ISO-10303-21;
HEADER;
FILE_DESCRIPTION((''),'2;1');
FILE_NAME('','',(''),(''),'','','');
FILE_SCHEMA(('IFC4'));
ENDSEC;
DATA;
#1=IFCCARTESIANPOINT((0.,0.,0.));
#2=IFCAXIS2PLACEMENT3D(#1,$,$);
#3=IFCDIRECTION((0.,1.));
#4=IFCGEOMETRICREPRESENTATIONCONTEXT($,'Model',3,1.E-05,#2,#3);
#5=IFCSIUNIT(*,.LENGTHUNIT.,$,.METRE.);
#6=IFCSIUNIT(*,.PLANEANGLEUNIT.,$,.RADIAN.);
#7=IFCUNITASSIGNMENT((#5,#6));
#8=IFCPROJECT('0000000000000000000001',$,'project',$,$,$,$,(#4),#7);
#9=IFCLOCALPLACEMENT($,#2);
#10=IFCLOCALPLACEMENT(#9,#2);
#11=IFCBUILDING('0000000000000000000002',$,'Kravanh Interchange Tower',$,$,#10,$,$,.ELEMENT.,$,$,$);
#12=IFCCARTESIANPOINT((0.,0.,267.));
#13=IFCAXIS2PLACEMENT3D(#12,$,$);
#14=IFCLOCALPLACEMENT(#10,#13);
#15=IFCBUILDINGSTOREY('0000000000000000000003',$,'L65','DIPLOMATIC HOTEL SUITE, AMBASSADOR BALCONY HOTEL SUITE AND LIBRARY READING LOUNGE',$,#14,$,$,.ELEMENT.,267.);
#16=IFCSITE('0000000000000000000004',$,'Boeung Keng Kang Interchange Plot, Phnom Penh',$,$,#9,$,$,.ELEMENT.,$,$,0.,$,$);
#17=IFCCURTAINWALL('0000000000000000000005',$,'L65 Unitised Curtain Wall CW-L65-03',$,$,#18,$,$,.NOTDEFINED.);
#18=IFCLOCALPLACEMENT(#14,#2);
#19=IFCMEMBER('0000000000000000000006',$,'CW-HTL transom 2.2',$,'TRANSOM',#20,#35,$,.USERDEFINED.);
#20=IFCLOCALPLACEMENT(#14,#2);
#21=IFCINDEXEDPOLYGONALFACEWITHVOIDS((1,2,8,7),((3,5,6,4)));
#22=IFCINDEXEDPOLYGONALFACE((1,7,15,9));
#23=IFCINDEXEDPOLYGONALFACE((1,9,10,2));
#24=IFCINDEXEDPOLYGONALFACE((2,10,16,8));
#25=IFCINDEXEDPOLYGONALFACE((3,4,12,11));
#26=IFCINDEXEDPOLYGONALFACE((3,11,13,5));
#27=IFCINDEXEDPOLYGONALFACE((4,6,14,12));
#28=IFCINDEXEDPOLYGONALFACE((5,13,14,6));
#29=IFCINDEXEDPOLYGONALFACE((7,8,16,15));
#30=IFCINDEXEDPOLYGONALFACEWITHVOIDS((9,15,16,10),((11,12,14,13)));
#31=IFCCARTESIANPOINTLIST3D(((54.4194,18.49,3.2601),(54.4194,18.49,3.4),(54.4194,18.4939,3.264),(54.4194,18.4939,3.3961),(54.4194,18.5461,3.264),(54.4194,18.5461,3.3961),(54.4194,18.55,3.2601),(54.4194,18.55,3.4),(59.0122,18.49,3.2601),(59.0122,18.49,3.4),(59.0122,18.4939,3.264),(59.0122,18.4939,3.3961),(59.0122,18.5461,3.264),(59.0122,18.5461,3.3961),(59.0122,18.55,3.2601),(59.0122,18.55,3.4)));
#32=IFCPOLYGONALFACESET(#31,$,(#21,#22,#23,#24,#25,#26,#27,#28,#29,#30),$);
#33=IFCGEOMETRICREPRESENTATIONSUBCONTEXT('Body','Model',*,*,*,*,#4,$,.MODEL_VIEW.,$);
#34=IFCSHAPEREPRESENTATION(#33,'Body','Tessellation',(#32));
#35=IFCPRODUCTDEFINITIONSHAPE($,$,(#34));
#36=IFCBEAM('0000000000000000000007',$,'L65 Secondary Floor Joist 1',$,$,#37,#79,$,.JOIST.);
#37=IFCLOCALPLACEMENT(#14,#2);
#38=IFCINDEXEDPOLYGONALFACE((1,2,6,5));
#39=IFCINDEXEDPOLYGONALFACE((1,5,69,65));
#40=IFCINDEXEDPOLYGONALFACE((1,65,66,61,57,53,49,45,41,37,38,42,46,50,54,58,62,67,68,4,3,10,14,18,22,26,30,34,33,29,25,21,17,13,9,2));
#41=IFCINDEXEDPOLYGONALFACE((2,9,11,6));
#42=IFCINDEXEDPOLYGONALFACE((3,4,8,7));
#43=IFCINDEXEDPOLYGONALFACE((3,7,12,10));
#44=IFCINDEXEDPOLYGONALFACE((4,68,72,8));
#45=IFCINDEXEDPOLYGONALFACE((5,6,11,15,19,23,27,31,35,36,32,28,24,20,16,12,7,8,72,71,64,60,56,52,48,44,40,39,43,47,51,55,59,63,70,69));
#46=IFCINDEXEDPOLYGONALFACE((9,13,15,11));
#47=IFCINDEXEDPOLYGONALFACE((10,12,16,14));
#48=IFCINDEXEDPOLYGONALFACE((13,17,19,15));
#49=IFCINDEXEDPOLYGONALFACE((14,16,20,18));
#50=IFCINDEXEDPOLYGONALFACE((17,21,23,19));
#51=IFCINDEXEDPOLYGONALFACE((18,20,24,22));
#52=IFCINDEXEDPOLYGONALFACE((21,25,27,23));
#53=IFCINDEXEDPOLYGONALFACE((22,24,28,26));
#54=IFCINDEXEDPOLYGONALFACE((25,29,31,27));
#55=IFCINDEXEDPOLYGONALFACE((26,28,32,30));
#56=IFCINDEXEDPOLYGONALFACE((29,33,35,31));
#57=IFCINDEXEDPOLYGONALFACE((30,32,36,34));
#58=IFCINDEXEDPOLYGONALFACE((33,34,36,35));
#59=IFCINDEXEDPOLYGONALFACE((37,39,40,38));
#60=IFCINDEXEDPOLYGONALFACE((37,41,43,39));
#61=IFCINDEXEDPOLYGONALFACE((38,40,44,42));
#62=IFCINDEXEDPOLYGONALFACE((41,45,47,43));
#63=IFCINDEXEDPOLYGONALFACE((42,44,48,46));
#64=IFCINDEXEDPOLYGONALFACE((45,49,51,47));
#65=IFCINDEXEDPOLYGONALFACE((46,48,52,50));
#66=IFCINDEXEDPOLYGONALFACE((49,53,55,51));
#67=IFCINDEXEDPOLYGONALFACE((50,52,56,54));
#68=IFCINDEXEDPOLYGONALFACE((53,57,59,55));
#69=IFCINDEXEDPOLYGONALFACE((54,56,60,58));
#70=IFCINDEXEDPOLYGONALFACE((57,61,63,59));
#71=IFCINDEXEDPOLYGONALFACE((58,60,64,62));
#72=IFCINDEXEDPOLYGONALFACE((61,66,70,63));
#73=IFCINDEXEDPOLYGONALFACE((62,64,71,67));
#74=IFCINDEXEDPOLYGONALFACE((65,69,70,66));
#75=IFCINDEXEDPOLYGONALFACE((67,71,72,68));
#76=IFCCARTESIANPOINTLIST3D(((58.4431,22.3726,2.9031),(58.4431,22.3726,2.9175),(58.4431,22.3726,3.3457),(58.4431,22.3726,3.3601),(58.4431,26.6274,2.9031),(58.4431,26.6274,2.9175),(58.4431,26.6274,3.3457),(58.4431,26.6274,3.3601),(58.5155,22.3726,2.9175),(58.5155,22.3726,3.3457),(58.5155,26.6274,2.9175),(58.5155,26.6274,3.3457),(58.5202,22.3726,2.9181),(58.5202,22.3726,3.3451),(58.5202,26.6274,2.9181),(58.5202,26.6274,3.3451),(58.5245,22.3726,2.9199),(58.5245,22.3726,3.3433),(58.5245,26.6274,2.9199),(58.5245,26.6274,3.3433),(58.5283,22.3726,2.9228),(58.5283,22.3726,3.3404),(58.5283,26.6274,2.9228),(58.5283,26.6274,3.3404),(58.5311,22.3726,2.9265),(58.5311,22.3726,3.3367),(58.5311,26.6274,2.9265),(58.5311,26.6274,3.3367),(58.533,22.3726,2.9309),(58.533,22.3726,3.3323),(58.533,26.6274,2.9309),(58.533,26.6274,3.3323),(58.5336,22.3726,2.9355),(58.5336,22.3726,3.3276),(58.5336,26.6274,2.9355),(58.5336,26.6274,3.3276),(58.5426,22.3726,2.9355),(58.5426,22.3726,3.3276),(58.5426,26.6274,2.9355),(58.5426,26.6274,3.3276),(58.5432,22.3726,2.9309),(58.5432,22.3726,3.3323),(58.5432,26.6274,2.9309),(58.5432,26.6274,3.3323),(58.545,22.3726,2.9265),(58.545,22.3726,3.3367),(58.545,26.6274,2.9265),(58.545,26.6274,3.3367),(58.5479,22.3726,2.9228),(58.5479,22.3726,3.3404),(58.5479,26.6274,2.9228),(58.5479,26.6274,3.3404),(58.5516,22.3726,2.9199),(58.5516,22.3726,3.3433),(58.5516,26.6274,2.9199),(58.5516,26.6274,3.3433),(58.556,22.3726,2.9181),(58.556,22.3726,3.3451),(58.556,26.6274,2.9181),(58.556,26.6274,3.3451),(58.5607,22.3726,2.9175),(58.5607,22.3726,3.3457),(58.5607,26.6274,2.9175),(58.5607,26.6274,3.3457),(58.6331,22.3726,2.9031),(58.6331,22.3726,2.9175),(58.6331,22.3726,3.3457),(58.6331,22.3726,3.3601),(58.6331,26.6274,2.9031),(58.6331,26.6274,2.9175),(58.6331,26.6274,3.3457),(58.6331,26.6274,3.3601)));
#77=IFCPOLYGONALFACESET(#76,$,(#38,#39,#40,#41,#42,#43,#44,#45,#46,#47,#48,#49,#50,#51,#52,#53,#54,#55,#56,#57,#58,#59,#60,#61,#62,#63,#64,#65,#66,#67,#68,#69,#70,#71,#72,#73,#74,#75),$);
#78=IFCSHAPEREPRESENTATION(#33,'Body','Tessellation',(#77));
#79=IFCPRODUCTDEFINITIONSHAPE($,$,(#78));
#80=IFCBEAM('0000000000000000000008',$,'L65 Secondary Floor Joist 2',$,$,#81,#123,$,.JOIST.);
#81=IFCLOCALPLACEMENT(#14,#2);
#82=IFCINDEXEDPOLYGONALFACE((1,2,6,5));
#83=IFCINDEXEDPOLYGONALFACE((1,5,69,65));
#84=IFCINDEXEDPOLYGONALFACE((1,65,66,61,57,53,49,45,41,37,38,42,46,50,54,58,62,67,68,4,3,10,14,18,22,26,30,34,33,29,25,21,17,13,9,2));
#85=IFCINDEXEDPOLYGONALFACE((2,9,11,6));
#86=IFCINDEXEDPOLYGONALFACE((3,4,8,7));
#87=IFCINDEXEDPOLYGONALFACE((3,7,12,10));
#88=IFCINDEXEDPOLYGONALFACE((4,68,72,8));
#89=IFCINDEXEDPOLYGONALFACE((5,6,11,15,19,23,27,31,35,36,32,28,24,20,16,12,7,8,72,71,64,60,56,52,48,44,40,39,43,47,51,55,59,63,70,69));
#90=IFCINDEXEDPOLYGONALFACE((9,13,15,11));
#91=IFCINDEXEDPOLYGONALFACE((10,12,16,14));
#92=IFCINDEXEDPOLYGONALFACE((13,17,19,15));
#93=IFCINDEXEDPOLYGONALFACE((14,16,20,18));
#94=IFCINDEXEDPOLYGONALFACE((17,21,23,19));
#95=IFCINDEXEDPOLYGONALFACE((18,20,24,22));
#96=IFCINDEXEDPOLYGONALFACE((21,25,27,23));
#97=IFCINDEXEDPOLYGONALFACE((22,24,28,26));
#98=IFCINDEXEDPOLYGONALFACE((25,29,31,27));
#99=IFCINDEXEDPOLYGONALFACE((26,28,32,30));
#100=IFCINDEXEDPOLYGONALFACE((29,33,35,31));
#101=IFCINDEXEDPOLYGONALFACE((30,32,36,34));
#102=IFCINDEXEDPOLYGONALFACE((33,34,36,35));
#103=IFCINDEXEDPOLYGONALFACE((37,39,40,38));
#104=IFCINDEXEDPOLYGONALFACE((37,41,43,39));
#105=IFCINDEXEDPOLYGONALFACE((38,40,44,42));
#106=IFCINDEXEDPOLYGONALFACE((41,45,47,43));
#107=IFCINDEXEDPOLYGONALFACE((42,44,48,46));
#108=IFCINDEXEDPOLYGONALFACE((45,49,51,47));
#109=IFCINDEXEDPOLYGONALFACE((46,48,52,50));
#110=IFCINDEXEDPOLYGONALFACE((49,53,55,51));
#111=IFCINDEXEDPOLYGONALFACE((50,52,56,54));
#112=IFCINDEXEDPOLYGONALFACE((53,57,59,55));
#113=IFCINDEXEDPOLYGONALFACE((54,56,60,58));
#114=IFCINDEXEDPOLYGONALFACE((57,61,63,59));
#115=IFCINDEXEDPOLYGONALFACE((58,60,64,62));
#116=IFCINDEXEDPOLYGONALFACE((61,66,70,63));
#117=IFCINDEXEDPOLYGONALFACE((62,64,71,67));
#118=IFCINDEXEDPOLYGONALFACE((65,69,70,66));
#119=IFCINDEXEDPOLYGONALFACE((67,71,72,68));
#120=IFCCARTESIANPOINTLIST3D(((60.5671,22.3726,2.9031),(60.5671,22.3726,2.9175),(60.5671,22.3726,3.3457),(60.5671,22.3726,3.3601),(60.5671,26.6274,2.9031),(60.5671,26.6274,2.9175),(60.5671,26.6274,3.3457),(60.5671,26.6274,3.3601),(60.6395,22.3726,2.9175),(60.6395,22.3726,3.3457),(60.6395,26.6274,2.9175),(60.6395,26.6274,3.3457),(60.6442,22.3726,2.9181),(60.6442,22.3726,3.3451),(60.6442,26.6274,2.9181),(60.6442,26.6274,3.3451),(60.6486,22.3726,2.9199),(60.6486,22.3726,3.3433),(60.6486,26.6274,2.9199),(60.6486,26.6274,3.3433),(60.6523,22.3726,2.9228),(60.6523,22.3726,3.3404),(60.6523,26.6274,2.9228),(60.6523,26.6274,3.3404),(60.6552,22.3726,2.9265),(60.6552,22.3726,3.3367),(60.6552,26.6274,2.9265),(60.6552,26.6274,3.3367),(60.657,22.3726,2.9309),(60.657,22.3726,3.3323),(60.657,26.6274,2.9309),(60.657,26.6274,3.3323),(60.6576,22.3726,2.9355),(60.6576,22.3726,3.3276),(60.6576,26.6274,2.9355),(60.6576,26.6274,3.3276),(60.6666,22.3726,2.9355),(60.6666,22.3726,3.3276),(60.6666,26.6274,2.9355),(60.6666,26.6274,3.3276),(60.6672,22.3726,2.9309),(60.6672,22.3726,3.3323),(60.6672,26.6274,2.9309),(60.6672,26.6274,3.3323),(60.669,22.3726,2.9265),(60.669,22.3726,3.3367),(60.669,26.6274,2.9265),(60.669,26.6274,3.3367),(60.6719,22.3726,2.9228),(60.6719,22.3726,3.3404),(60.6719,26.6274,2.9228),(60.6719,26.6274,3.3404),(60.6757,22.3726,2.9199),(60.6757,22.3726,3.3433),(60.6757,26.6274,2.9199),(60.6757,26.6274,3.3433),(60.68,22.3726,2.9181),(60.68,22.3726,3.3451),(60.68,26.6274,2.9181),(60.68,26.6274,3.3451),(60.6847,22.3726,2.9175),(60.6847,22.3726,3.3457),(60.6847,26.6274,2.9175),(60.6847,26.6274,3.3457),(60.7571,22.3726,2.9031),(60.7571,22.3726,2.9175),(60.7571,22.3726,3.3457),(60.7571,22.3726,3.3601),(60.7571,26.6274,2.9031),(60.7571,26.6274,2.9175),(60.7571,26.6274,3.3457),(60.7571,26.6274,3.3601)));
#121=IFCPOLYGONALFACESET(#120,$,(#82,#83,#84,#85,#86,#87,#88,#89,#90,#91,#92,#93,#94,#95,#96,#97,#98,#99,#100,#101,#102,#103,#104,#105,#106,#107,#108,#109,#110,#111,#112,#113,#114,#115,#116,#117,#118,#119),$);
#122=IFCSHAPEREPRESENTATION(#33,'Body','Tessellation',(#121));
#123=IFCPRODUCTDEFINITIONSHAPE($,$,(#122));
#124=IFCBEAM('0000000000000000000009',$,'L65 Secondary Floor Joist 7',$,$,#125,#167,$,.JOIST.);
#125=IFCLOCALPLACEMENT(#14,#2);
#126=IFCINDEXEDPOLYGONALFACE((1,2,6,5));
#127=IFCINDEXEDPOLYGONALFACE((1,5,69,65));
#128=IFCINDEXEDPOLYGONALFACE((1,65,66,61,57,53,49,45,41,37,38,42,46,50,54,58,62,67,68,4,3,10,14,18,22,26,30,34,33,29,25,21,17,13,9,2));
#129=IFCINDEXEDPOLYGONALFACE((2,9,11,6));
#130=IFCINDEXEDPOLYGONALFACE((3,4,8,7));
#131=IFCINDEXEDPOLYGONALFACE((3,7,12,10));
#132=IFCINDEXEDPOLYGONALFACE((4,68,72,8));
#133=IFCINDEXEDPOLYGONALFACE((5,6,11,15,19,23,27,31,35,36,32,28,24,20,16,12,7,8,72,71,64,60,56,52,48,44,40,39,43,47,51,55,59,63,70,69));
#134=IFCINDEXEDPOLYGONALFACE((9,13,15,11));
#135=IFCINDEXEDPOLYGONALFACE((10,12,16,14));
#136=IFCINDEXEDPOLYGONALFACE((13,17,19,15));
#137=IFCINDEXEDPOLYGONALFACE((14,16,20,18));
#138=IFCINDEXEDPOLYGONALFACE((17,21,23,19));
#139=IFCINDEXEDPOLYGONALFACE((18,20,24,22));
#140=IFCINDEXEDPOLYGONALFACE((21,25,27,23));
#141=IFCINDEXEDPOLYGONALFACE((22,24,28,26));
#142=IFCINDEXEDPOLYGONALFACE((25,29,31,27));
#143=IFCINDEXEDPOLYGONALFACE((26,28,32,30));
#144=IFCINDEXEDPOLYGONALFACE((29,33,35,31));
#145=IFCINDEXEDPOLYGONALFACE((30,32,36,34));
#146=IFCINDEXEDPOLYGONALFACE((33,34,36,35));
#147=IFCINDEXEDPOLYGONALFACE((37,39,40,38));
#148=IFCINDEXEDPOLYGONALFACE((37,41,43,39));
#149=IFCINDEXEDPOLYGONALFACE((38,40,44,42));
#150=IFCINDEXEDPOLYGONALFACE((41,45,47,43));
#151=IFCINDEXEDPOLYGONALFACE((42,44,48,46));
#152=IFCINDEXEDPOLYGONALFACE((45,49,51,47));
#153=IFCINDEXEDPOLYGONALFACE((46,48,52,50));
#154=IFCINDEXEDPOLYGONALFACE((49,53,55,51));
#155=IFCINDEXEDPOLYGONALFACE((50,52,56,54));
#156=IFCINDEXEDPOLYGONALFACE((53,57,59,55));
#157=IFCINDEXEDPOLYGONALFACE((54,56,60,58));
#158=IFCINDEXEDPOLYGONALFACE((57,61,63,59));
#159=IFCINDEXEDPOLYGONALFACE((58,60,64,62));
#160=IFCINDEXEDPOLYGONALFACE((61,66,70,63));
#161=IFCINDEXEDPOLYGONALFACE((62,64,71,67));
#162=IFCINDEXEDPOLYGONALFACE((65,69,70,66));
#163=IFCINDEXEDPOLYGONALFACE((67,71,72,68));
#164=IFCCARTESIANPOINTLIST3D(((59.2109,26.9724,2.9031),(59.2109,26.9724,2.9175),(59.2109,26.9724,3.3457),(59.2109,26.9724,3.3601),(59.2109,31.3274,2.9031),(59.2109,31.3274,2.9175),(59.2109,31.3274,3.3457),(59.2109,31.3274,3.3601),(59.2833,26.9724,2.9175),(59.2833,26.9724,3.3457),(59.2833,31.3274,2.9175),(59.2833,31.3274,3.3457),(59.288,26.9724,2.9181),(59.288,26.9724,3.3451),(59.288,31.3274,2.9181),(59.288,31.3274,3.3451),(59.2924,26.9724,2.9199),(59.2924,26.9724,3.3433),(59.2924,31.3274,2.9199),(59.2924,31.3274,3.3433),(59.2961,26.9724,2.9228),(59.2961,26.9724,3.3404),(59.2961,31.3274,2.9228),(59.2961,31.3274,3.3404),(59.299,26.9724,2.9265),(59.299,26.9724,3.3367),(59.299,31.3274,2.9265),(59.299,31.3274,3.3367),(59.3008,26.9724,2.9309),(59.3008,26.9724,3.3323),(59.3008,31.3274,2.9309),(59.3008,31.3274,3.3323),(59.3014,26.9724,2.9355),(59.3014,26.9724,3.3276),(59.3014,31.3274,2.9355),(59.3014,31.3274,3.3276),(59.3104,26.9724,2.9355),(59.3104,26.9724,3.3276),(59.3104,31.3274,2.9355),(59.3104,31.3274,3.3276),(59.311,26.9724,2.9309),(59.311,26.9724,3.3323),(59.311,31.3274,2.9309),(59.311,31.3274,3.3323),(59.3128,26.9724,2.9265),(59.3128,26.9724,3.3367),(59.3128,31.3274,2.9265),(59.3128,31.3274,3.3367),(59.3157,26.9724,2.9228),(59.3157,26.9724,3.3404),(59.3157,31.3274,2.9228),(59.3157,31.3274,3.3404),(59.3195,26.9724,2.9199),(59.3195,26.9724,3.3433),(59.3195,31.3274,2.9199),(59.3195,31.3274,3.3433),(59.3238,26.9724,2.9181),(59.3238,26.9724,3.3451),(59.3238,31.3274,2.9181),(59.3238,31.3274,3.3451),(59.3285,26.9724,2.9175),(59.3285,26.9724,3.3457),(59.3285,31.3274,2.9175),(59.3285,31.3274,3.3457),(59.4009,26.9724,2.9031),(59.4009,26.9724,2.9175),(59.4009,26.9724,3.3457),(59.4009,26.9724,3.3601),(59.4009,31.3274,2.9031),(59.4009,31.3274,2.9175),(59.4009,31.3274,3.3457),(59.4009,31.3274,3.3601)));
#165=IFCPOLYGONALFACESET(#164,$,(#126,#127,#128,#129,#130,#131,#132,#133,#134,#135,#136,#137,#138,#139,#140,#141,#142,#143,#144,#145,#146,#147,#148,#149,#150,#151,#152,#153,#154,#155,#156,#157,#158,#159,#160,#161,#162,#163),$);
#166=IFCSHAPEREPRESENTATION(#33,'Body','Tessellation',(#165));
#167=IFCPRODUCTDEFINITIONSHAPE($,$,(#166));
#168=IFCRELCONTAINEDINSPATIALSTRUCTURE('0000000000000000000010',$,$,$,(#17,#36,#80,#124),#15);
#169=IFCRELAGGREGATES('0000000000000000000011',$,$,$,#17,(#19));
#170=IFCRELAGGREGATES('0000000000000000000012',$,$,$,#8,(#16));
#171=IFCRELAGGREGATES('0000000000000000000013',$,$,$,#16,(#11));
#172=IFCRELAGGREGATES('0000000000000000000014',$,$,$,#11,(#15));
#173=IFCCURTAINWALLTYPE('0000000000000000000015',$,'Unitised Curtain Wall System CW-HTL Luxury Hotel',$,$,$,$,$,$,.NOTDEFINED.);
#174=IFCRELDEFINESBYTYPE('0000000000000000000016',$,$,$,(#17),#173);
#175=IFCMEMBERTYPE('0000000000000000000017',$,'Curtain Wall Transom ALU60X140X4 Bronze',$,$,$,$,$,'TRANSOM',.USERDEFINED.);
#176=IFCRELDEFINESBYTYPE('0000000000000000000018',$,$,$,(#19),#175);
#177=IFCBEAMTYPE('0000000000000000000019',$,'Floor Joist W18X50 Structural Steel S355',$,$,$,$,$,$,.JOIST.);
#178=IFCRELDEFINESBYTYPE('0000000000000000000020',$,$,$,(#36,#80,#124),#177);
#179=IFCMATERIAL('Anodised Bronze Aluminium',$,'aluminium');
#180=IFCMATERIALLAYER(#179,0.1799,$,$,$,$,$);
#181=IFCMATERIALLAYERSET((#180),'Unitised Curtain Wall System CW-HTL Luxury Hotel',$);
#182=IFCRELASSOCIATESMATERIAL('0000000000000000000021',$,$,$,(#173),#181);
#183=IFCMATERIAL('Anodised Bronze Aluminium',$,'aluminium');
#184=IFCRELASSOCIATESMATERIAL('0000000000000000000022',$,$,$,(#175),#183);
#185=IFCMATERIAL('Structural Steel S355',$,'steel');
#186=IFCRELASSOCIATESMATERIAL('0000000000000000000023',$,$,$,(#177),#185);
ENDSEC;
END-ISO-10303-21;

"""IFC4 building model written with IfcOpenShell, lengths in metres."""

from ifc_helpers import new_model, si_unit, direction, frame, origin, origin_2d, place, context, subcontext, project, spatial, hollow_rectangle, i_section, extrude, material, layer, layer_set, material_profile, profile_set, type_object, element, aggregate, save


model = new_model("IFC4")

# Units and contexts
model_context = context("Model", 3, precision=1e-05, world=origin(), true_north=direction((0.0, 1.0)))
body_context = subcontext(model_context, "Body", "Model", "MODEL_VIEW")
ifc_project = project(units=[si_unit("LENGTHUNIT", "METRE"), si_unit("PLANEANGLEUNIT", "RADIAN")], contexts=[model_context])

# Site, building, storey
site_placement = place(None, origin())
site = spatial("IfcSite", under=ifc_project, at=site_placement, Name="Boeung Keng Kang Interchange Plot, Phnom Penh", CompositionType="ELEMENT", RefElevation=0.0)
building_placement = place(site_placement, origin())
building = spatial("IfcBuilding", under=site, at=building_placement, Name="Kravanh Interchange Tower", CompositionType="ELEMENT")
storey_placement = place(building_placement, frame((0.0, 0.0, 267.0)))
storey = spatial("IfcBuildingStorey", under=building, at=storey_placement, Name="L65", Description="DIPLOMATIC HOTEL SUITE, AMBASSADOR BALCONY HOTEL SUITE AND LIBRARY READING LOUNGE", CompositionType="ELEMENT", Elevation=267.0)

# Curtain wall
ifc_material_1 = material(Name="Anodised Bronze Aluminium", Category="aluminium")
ifc_layer_1 = layer(ifc_material_1, 0.1799)
ifc_layer_set_1 = layer_set([ifc_layer_1], Name="Unitised Curtain Wall System CW-HTL Luxury Hotel")
curtain_wall_type = type_object("IfcCurtainWallType", Name="Unitised Curtain Wall System CW-HTL Luxury Hotel", PredefinedType="NOTDEFINED", material=ifc_layer_set_1)
curtain_wall_1_placement = place(storey_placement, origin())
curtain_wall_1 = element("IfcCurtainWall", 1, at=curtain_wall_1_placement, inside=storey, type_object=curtain_wall_type, Name="L65 Unitised Curtain Wall CW-L65-03", PredefinedType="NOTDEFINED")

# Member
ifc_material_2 = material(Name="Anodised Bronze Aluminium", Category="aluminium")
ifc_material_profile_1 = material_profile(ifc_material_2, hollow_rectangle(XDim=0.0601, YDim=0.1399, WallThickness=0.0039, at=origin_2d()), Name="ALU60X140X4")
ifc_profile_set_1 = profile_set([ifc_material_profile_1], Name="Anodised Bronze Aluminium")
member_type_1 = type_object("IfcMemberType", Name="Curtain Wall Transom ALU60X140X4 Bronze", ElementType="TRANSOM", PredefinedType="USERDEFINED", material=ifc_profile_set_1)
member_1_placement = place(storey_placement, frame((59.0122, 18.52, 3.3301), z_axis=(-1.0, 0.0, 0.0), x_axis=(0.0, -1.0, 0.0)))
member_1 = element("IfcMember", 2, at=member_1_placement, type_object=member_type_1, Name="CW-HTL transom 2.2", ObjectType="TRANSOM", PredefinedType="USERDEFINED", context=body_context, shape_type="SweptSolid", body=[
    extrude(hollow_rectangle(XDim=0.0601, YDim=0.1399, WallThickness=0.0039, at=origin_2d()), origin(), (0.0, 0.0, 1.0), 4.5928),
])

# Beams
ifc_material_3 = material(Name="Structural Steel S355", Category="steel")
ifc_material_profile_2 = material_profile(ifc_material_3, i_section(OverallWidth=0.1899, OverallDepth=0.457, WebThickness=0.009, FlangeThickness=0.0144, FilletRadius=0.0181, at=origin_2d()), Name="W18X50")
ifc_profile_set_2 = profile_set([ifc_material_profile_2], Name="Structural Steel S355")
beam_type_1 = type_object("IfcBeamType", Name="Floor Joist W18X50 Structural Steel S355", PredefinedType="JOIST", material=ifc_profile_set_2)
for number, where, z_axis, x_axis, name in (
    (3, (58.5381, 22.3726, 3.1316), (0.0, 1.0, 0.0), (-1.0, 0.0, 0.0), "L65 Secondary Floor Joist 1"),
    (4, (60.6621, 22.3726, 3.1316), (0.0, 1.0, 0.0), (-1.0, 0.0, 0.0), "L65 Secondary Floor Joist 2"),
):
    element("IfcBeam", number, at=place(storey_placement, frame(where, z_axis=z_axis, x_axis=x_axis)), inside=storey, type_object=beam_type_1, Name=name, PredefinedType="JOIST", context=body_context, shape_type="SweptSolid", body=[
        extrude(i_section(OverallWidth=0.1899, OverallDepth=0.457, WebThickness=0.009, FlangeThickness=0.0144, FilletRadius=0.0181, at=origin_2d()), origin(), (0.0, 0.0, 1.0), 4.2549),
    ])
for number, where, z_axis, x_axis, name in (
    (5, (59.3059, 26.9724, 3.1316), (0.0, 1.0, 0.0), (-1.0, 0.0, 0.0), "L65 Secondary Floor Joist 7"),
):
    element("IfcBeam", number, at=place(storey_placement, frame(where, z_axis=z_axis, x_axis=x_axis)), inside=storey, type_object=beam_type_1, Name=name, PredefinedType="JOIST", context=body_context, shape_type="SweptSolid", body=[
        extrude(i_section(OverallWidth=0.1899, OverallDepth=0.457, WebThickness=0.009, FlangeThickness=0.0144, FilletRadius=0.0181, at=origin_2d()), origin(), (0.0, 0.0, 1.0), 4.355),
    ])

aggregate(curtain_wall_1, [member_1])

save(model, "model.ifc")
